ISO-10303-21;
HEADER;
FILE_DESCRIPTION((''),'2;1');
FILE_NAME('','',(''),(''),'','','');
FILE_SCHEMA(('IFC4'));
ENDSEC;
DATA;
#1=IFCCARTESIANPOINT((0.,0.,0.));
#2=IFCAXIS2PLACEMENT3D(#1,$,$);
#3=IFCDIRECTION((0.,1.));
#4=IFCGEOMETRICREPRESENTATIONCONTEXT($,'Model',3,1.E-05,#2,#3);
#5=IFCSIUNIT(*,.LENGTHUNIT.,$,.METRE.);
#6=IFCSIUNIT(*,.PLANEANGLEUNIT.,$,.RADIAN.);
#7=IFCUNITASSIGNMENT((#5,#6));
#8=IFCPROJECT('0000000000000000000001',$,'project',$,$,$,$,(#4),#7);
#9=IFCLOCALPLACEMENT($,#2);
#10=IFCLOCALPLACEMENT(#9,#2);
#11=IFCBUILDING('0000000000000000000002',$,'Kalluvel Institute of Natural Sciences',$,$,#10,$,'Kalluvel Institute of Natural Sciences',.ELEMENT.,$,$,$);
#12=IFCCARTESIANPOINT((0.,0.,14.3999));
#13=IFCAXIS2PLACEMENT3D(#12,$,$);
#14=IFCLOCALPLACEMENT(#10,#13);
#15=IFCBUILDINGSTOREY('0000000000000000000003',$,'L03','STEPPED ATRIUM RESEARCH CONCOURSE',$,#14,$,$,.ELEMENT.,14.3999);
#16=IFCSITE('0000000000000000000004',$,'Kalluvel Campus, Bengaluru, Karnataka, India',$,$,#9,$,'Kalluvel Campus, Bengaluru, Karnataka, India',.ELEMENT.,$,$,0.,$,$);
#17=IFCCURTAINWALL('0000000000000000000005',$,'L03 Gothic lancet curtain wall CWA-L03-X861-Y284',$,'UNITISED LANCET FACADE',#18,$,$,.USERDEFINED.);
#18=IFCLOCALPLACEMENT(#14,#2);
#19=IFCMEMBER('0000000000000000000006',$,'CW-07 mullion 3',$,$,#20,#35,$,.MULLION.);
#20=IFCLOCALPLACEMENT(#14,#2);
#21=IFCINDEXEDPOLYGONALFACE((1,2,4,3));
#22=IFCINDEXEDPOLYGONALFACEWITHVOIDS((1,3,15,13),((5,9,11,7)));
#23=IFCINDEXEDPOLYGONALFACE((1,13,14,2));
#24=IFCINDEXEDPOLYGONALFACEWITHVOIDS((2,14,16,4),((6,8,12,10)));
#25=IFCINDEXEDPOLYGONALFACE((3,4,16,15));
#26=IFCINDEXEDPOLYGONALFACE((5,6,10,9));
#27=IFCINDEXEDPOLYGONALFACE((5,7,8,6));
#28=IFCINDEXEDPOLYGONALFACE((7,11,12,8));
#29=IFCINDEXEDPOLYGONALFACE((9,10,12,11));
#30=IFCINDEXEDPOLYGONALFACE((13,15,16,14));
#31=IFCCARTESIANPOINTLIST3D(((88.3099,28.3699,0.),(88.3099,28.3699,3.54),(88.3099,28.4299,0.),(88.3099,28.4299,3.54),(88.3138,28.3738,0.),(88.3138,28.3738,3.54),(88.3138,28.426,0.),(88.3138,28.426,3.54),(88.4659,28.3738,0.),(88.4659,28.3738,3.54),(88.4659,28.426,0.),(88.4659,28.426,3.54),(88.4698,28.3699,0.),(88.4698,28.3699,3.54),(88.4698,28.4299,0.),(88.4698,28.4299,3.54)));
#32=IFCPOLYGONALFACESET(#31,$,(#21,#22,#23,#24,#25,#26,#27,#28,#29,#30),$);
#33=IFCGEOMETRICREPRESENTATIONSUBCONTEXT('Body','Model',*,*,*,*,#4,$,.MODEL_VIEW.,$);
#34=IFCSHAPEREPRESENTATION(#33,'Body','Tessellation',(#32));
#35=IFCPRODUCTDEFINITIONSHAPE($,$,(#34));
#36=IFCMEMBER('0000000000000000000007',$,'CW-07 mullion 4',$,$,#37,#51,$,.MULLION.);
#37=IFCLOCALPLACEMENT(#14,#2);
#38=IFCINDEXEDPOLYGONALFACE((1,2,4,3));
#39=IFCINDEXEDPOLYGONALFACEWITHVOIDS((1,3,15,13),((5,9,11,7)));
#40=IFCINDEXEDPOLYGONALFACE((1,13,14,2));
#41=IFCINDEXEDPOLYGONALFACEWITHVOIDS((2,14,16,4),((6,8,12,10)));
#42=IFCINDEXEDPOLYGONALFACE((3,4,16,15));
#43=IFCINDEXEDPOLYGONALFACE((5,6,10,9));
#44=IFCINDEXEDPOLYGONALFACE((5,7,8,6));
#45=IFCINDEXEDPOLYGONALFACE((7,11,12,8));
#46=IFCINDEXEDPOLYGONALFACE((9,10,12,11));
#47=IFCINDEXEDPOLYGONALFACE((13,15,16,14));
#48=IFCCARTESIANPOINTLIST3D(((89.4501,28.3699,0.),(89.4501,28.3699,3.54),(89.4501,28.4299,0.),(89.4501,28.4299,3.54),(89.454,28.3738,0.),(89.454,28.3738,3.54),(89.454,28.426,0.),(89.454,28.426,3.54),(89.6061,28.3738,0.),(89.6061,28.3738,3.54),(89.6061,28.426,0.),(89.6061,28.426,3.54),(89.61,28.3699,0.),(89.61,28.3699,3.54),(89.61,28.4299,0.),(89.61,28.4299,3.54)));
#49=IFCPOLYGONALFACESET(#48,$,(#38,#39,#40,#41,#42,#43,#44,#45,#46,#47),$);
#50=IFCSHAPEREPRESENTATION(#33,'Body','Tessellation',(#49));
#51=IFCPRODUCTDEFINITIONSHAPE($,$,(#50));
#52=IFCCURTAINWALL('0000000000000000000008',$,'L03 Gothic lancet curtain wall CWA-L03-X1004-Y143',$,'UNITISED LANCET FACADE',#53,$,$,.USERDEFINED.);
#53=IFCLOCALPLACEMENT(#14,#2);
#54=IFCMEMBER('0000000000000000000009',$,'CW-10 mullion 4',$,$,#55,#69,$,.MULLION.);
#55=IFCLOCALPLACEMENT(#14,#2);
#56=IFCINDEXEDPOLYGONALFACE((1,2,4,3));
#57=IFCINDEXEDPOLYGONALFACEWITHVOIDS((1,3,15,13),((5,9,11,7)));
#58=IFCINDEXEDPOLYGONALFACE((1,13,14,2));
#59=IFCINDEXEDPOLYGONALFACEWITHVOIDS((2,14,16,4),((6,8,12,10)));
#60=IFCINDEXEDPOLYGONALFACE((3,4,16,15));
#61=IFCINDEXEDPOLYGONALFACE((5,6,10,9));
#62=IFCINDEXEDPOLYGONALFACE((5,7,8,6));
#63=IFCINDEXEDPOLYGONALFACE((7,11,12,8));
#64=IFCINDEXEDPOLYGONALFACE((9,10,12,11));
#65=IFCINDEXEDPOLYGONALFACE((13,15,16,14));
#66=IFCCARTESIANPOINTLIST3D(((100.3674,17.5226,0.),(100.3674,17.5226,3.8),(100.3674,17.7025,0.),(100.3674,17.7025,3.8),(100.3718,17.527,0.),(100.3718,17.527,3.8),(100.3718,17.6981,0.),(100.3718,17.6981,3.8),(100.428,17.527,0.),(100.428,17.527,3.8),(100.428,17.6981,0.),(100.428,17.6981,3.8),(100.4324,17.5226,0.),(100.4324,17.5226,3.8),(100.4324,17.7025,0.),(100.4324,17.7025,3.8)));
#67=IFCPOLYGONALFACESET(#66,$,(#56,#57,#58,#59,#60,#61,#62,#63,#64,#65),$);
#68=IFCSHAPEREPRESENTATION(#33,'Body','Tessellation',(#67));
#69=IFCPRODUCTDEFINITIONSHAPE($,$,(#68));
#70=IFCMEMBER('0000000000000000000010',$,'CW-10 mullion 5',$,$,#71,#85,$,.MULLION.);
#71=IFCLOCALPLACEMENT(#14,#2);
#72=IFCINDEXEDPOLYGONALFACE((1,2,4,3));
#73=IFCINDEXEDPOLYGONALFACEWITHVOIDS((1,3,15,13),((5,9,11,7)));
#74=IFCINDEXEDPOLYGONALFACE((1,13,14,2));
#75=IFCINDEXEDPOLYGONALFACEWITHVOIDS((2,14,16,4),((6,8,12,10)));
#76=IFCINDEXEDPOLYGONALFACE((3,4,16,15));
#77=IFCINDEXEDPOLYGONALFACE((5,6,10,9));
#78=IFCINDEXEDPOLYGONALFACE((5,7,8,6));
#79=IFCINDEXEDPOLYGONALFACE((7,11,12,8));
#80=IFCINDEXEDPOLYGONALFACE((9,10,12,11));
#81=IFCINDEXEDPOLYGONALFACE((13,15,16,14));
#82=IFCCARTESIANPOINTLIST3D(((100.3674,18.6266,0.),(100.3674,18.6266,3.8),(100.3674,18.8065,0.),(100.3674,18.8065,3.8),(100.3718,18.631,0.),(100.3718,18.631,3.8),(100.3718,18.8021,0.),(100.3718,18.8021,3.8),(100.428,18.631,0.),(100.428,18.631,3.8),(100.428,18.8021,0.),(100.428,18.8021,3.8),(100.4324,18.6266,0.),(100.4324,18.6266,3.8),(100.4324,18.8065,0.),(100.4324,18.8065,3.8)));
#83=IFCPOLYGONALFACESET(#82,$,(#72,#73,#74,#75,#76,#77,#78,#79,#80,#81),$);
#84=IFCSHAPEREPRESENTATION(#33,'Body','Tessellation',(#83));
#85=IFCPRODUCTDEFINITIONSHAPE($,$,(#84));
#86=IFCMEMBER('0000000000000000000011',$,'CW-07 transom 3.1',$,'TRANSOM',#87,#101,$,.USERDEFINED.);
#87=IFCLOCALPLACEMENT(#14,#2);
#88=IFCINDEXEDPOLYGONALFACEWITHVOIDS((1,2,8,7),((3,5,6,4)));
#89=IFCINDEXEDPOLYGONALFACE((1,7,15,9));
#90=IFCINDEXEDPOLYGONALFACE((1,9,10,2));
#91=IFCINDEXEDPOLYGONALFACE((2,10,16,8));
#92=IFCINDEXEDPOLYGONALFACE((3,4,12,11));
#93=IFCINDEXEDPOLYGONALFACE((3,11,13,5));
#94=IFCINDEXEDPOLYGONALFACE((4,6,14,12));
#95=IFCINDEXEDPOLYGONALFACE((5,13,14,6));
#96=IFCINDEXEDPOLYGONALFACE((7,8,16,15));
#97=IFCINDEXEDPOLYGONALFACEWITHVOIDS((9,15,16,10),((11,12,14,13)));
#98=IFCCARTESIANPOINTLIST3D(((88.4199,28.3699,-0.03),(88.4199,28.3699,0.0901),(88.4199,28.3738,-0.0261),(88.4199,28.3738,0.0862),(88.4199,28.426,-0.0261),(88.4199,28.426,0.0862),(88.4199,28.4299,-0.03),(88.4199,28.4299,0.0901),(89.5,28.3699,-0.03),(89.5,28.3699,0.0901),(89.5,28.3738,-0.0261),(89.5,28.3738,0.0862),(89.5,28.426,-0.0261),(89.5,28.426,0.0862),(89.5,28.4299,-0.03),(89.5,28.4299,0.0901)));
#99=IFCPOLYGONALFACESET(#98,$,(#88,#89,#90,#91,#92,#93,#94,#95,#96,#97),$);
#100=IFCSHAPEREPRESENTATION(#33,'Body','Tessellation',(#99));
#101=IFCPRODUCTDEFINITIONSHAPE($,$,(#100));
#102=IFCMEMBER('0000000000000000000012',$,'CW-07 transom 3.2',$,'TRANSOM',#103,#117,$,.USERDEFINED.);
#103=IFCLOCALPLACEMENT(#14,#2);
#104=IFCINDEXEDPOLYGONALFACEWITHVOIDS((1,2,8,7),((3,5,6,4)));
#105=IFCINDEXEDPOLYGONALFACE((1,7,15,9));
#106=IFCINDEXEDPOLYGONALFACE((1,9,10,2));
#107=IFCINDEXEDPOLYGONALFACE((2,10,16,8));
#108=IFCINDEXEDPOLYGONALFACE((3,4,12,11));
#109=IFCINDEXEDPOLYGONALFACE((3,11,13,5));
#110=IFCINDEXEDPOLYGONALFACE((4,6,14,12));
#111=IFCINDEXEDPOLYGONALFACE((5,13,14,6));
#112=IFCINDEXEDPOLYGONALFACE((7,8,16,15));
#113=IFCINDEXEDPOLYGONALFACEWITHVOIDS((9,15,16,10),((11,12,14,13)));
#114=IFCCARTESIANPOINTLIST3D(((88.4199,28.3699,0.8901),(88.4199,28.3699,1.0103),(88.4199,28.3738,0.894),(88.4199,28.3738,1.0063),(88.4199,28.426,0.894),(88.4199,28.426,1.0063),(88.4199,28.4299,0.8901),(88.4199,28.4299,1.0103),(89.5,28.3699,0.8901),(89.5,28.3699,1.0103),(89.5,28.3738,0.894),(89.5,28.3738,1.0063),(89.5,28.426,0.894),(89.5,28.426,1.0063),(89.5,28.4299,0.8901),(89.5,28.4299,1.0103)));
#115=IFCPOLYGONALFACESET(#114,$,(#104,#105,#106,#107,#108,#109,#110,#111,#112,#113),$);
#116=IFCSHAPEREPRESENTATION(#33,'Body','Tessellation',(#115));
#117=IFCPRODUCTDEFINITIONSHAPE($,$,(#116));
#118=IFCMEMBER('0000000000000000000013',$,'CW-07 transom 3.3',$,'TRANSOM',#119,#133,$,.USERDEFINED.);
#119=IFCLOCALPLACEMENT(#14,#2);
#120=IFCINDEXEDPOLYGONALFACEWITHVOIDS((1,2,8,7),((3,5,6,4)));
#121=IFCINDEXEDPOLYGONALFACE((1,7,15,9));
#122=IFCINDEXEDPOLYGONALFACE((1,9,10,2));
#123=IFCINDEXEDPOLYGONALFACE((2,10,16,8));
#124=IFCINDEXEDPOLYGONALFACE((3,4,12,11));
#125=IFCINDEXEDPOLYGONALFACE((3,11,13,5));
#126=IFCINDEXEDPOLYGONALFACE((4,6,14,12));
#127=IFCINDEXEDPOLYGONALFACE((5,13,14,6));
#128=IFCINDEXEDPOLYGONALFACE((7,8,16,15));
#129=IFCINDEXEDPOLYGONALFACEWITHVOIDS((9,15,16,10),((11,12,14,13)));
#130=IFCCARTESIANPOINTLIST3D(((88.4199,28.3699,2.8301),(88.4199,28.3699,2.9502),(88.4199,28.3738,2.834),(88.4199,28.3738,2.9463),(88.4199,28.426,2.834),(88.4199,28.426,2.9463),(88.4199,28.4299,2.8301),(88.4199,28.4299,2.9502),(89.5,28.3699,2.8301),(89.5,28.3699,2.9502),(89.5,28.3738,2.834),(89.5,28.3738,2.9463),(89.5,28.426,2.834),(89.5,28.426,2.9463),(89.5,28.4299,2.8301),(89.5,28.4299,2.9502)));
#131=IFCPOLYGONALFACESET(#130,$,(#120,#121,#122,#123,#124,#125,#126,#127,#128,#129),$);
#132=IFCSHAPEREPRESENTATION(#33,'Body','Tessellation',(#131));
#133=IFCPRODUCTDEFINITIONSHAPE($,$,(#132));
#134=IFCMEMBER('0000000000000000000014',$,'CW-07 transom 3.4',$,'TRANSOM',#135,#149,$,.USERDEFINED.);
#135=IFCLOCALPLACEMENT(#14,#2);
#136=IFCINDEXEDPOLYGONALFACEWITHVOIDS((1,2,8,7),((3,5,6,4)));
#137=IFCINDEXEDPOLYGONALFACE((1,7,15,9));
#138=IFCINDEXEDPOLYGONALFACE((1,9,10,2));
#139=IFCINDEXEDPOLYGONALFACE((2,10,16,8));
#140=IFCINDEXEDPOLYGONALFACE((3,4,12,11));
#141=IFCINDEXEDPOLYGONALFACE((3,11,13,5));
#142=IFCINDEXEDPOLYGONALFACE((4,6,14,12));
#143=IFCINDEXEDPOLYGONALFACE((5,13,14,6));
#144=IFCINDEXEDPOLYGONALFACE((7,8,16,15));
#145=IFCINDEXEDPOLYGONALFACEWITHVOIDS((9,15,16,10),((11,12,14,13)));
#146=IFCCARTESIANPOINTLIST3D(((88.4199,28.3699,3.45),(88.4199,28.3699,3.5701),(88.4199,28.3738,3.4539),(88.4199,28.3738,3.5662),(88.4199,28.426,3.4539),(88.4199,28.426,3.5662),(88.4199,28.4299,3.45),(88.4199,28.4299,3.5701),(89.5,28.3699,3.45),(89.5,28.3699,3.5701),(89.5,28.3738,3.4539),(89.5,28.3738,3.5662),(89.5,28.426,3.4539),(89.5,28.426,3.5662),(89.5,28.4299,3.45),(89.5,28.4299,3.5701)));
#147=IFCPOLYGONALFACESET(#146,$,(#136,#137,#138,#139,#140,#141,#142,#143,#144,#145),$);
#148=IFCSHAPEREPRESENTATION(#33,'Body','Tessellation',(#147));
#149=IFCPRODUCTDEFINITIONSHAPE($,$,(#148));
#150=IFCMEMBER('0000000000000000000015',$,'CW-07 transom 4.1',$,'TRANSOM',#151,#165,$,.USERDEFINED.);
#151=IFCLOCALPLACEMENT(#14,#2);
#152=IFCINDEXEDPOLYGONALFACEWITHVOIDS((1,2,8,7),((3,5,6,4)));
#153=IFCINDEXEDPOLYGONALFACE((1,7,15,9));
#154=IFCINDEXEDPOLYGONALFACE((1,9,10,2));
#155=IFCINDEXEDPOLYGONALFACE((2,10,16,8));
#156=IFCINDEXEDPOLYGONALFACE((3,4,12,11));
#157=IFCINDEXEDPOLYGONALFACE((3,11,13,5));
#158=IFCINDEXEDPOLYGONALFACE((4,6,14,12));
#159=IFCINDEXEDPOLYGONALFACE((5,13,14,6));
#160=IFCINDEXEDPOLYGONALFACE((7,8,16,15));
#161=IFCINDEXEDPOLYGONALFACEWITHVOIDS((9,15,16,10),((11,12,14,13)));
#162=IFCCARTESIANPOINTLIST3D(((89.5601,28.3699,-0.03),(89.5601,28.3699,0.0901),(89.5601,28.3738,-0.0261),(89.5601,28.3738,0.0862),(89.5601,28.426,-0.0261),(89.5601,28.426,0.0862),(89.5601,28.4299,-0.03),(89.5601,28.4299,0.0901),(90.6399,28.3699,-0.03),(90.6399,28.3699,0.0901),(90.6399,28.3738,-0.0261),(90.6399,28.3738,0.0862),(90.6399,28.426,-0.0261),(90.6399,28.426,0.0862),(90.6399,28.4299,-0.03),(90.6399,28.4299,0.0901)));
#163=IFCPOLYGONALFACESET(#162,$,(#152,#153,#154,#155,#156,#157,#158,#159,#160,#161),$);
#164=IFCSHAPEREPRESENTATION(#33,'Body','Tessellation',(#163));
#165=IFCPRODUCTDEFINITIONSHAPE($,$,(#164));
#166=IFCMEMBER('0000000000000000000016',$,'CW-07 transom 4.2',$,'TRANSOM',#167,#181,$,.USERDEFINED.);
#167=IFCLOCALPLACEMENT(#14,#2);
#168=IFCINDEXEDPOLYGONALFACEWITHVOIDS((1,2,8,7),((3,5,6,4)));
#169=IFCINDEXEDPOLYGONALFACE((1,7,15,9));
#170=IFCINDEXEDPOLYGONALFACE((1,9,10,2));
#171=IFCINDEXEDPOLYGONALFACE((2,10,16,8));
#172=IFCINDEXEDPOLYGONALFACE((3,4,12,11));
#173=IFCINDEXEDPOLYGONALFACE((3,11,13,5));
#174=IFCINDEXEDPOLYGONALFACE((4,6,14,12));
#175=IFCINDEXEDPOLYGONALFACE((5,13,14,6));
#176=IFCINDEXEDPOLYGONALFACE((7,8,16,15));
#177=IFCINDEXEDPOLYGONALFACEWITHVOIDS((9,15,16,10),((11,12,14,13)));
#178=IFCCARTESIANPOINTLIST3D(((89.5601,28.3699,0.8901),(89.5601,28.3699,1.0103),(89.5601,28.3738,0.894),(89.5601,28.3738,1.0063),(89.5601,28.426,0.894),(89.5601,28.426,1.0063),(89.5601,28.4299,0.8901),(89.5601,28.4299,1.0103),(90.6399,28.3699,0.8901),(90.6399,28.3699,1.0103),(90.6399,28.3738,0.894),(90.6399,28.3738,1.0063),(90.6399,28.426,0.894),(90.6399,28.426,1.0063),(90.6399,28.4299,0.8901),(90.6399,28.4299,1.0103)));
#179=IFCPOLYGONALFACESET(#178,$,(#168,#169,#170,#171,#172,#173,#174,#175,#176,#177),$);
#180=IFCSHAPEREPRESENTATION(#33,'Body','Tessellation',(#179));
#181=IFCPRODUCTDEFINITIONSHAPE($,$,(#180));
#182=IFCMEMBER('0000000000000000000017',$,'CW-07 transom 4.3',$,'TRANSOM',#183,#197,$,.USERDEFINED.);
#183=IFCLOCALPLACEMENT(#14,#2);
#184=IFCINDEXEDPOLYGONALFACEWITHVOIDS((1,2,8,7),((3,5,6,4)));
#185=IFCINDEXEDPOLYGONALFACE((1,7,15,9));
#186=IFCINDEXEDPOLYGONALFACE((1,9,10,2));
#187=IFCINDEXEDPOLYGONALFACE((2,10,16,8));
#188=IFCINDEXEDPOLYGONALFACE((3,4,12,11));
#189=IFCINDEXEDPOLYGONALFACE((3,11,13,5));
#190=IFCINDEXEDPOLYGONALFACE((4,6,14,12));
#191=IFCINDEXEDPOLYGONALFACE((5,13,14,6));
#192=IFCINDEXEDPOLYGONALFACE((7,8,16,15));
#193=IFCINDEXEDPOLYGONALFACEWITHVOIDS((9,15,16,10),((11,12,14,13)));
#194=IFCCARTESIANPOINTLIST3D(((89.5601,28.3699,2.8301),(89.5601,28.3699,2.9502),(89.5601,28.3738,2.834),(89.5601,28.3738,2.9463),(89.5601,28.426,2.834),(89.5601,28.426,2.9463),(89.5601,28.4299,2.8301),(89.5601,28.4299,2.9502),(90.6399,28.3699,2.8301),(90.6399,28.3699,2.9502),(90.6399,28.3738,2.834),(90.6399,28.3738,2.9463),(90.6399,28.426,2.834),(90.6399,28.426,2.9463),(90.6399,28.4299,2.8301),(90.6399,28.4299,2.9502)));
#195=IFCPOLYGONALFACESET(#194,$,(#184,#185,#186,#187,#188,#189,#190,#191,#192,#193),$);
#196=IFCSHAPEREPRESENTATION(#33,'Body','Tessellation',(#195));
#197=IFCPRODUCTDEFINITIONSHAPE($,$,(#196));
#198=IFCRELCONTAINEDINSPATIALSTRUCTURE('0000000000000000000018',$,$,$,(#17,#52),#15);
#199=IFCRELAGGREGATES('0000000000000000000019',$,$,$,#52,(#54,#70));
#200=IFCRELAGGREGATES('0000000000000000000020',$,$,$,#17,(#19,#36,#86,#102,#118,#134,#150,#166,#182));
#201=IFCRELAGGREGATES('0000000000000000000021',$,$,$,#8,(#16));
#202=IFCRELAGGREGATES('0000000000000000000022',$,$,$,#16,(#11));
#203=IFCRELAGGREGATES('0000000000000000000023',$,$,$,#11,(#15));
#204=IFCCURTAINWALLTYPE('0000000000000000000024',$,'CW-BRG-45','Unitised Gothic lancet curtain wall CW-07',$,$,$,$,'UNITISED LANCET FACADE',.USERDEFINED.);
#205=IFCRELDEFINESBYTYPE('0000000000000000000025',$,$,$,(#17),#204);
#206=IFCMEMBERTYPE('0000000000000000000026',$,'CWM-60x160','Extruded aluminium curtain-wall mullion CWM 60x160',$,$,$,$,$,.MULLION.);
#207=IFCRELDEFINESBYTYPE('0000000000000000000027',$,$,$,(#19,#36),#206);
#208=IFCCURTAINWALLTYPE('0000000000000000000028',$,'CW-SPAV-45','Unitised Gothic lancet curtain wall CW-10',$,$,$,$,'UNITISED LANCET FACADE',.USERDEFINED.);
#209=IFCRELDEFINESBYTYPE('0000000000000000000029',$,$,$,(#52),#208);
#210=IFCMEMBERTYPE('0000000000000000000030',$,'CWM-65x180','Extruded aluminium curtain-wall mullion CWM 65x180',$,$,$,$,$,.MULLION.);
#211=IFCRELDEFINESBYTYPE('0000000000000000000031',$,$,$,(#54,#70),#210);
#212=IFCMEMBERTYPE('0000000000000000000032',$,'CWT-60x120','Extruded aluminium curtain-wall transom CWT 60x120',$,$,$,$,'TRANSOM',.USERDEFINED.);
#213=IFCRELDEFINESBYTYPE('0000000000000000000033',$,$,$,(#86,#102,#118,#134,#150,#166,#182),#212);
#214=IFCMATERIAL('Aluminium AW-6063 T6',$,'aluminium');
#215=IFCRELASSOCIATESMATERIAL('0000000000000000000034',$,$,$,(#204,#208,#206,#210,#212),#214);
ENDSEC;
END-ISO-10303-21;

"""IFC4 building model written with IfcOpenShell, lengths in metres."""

from ifc_helpers import new_model, si_unit, direction, frame, origin, origin_2d, place, context, subcontext, project, spatial, hollow_rectangle, extrude, material, material_profile, profile_set, type_object, element, aggregate, save


model = new_model("IFC4")

# Units and contexts
model_context = context("Model", 3, precision=1e-05, world=origin(), true_north=direction((0.0, 1.0)))
body_context = subcontext(model_context, "Body", "Model", "MODEL_VIEW")
ifc_project = project(units=[si_unit("LENGTHUNIT", "METRE"), si_unit("PLANEANGLEUNIT", "RADIAN")], contexts=[model_context])

# Site, building, storey
site_placement = place(None, origin())
site = spatial("IfcSite", under=ifc_project, at=site_placement, Name="Kalluvel Campus, Bengaluru, Karnataka, India", LongName="Kalluvel Campus, Bengaluru, Karnataka, India", CompositionType="ELEMENT", RefElevation=0.0)
building_placement = place(site_placement, origin())
building = spatial("IfcBuilding", under=site, at=building_placement, Name="Kalluvel Institute of Natural Sciences", LongName="Kalluvel Institute of Natural Sciences", CompositionType="ELEMENT")
storey_placement = place(building_placement, frame((0.0, 0.0, 14.3999)))
storey = spatial("IfcBuildingStorey", under=building, at=storey_placement, Name="L03", Description="STEPPED ATRIUM RESEARCH CONCOURSE", CompositionType="ELEMENT", Elevation=14.3999)

# Curtain walls, members
ifc_material_1 = material(Name="Aluminium AW-6063 T6", Category="aluminium")
curtain_wall_type_1 = type_object("IfcCurtainWallType", Name="CW-BRG-45", Description="Unitised Gothic lancet curtain wall CW-07", ElementType="UNITISED LANCET FACADE", PredefinedType="USERDEFINED", material=ifc_material_1)
curtain_wall_1_placement = place(storey_placement, origin())
curtain_wall_1 = element("IfcCurtainWall", 1, at=curtain_wall_1_placement, inside=storey, type_object=curtain_wall_type_1, Name="L03 Gothic lancet curtain wall CWA-L03-X861-Y284", ObjectType="UNITISED LANCET FACADE", PredefinedType="USERDEFINED")
ifc_material_profile_1 = material_profile(ifc_material_1, hollow_rectangle(XDim=0.0601, YDim=0.1599, WallThickness=0.0039, at=origin_2d()), Name="CWM 60x160")
ifc_profile_set_1 = profile_set([ifc_material_profile_1], Name="Aluminium AW-6063 T6")
member_type_1 = type_object("IfcMemberType", Name="CWM-60x160", Description="Extruded aluminium curtain-wall mullion CWM 60x160", PredefinedType="MULLION", material=ifc_profile_set_1)
member_1_placement = place(storey_placement, frame((88.3899, 28.3999, 0.0), z_axis=(0.0, 0.0, 1.0), x_axis=(0.0, 1.0, 0.0)))
member_1 = element("IfcMember", 2, at=member_1_placement, type_object=member_type_1, Name="CW-07 mullion 3", PredefinedType="MULLION", context=body_context, shape_type="SweptSolid", body=[
    extrude(hollow_rectangle(XDim=0.0601, YDim=0.1599, WallThickness=0.0039, at=origin_2d()), origin(), (0.0, 0.0, 1.0), 3.54),
])
member_2_placement = place(storey_placement, frame((89.53, 28.3999, 0.0), z_axis=(0.0, 0.0, 1.0), x_axis=(0.0, 1.0, 0.0)))
member_2 = element("IfcMember", 3, at=member_2_placement, type_object=member_type_1, Name="CW-07 mullion 4", PredefinedType="MULLION", context=body_context, shape_type="SweptSolid", body=[
    extrude(hollow_rectangle(XDim=0.0601, YDim=0.1599, WallThickness=0.0039, at=origin_2d()), origin(), (0.0, 0.0, 1.0), 3.54),
])
curtain_wall_type_2 = type_object("IfcCurtainWallType", Name="CW-SPAV-45", Description="Unitised Gothic lancet curtain wall CW-10", ElementType="UNITISED LANCET FACADE", PredefinedType="USERDEFINED", material=ifc_material_1)
curtain_wall_2_placement = place(storey_placement, origin())
curtain_wall_2 = element("IfcCurtainWall", 4, at=curtain_wall_2_placement, inside=storey, type_object=curtain_wall_type_2, Name="L03 Gothic lancet curtain wall CWA-L03-X1004-Y143", ObjectType="UNITISED LANCET FACADE", PredefinedType="USERDEFINED")
ifc_material_profile_2 = material_profile(ifc_material_1, hollow_rectangle(XDim=0.0649, YDim=0.1799, WallThickness=0.0044, at=origin_2d()), Name="CWM 65x180")
ifc_profile_set_2 = profile_set([ifc_material_profile_2], Name="Aluminium AW-6063 T6")
member_type_2 = type_object("IfcMemberType", Name="CWM-65x180", Description="Extruded aluminium curtain-wall mullion CWM 65x180", PredefinedType="MULLION", material=ifc_profile_set_2)
member_3_placement = place(storey_placement, frame((100.3999, 17.6125, 0.0), z_axis=(0.0, 0.0, 1.0), x_axis=(-1.0, 0.0, 0.0)))
member_3 = element("IfcMember", 5, at=member_3_placement, type_object=member_type_2, Name="CW-10 mullion 4", PredefinedType="MULLION", context=body_context, shape_type="SweptSolid", body=[
    extrude(hollow_rectangle(XDim=0.0649, YDim=0.1799, WallThickness=0.0044, at=origin_2d()), origin(), (0.0, 0.0, 1.0), 3.8),
])
member_4_placement = place(storey_placement, frame((100.3999, 18.7166, 0.0), z_axis=(0.0, 0.0, 1.0), x_axis=(-1.0, 0.0, 0.0)))
member_4 = element("IfcMember", 6, at=member_4_placement, type_object=member_type_2, Name="CW-10 mullion 5", PredefinedType="MULLION", context=body_context, shape_type="SweptSolid", body=[
    extrude(hollow_rectangle(XDim=0.0649, YDim=0.1799, WallThickness=0.0044, at=origin_2d()), origin(), (0.0, 0.0, 1.0), 3.8),
])

# Members
ifc_material_profile_3 = material_profile(ifc_material_1, hollow_rectangle(XDim=0.0601, YDim=0.1201, WallThickness=0.0039, at=origin_2d()), Name="CWT 60x120")
ifc_profile_set_3 = profile_set([ifc_material_profile_3], Name="Aluminium AW-6063 T6")
member_type_3 = type_object("IfcMemberType", Name="CWT-60x120", Description="Extruded aluminium curtain-wall transom CWT 60x120", ElementType="TRANSOM", PredefinedType="USERDEFINED", material=ifc_profile_set_3)
member_5_placement = place(storey_placement, frame((88.4199, 28.3999, 0.03), z_axis=(1.0, 0.0, 0.0), x_axis=(0.0, 1.0, 0.0)))
member_5 = element("IfcMember", 7, at=member_5_placement, type_object=member_type_3, Name="CW-07 transom 3.1", ObjectType="TRANSOM", PredefinedType="USERDEFINED", context=body_context, shape_type="SweptSolid", body=[
    extrude(hollow_rectangle(XDim=0.0601, YDim=0.1201, WallThickness=0.0039, at=origin_2d()), origin(), (0.0, 0.0, 1.0), 1.0801),
])
member_6_placement = place(storey_placement, frame((88.4199, 28.3999, 0.9502), z_axis=(1.0, 0.0, 0.0), x_axis=(0.0, 1.0, 0.0)))
member_6 = element("IfcMember", 8, at=member_6_placement, type_object=member_type_3, Name="CW-07 transom 3.2", ObjectType="TRANSOM", PredefinedType="USERDEFINED", context=body_context, shape_type="SweptSolid", body=[
    extrude(hollow_rectangle(XDim=0.0601, YDim=0.1201, WallThickness=0.0039, at=origin_2d()), origin(), (0.0, 0.0, 1.0), 1.0801),
])
member_7_placement = place(storey_placement, frame((88.4199, 28.3999, 2.8901), z_axis=(1.0, 0.0, 0.0), x_axis=(0.0, 1.0, 0.0)))
member_7 = element("IfcMember", 9, at=member_7_placement, type_object=member_type_3, Name="CW-07 transom 3.3", ObjectType="TRANSOM", PredefinedType="USERDEFINED", context=body_context, shape_type="SweptSolid", body=[
    extrude(hollow_rectangle(XDim=0.0601, YDim=0.1201, WallThickness=0.0039, at=origin_2d()), origin(), (0.0, 0.0, 1.0), 1.0801),
])
member_8_placement = place(storey_placement, frame((88.4199, 28.3999, 3.51), z_axis=(1.0, 0.0, 0.0), x_axis=(0.0, 1.0, 0.0)))
member_8 = element("IfcMember", 10, at=member_8_placement, type_object=member_type_3, Name="CW-07 transom 3.4", ObjectType="TRANSOM", PredefinedType="USERDEFINED", context=body_context, shape_type="SweptSolid", body=[
    extrude(hollow_rectangle(XDim=0.0601, YDim=0.1201, WallThickness=0.0039, at=origin_2d()), origin(), (0.0, 0.0, 1.0), 1.0801),
])
member_9_placement = place(storey_placement, frame((89.5601, 28.3999, 0.03), z_axis=(1.0, 0.0, 0.0), x_axis=(0.0, 1.0, 0.0)))
member_9 = element("IfcMember", 11, at=member_9_placement, type_object=member_type_3, Name="CW-07 transom 4.1", ObjectType="TRANSOM", PredefinedType="USERDEFINED", context=body_context, shape_type="SweptSolid", body=[
    extrude(hollow_rectangle(XDim=0.0601, YDim=0.1201, WallThickness=0.0039, at=origin_2d()), origin(), (0.0, 0.0, 1.0), 1.0798),
])
member_10_placement = place(storey_placement, frame((89.5601, 28.3999, 0.9502), z_axis=(1.0, 0.0, 0.0), x_axis=(0.0, 1.0, 0.0)))
member_10 = element("IfcMember", 12, at=member_10_placement, type_object=member_type_3, Name="CW-07 transom 4.2", ObjectType="TRANSOM", PredefinedType="USERDEFINED", context=body_context, shape_type="SweptSolid", body=[
    extrude(hollow_rectangle(XDim=0.0601, YDim=0.1201, WallThickness=0.0039, at=origin_2d()), origin(), (0.0, 0.0, 1.0), 1.0798),
])
member_11_placement = place(storey_placement, frame((89.5601, 28.3999, 2.8901), z_axis=(1.0, 0.0, 0.0), x_axis=(0.0, 1.0, 0.0)))
member_11 = element("IfcMember", 13, at=member_11_placement, type_object=member_type_3, Name="CW-07 transom 4.3", ObjectType="TRANSOM", PredefinedType="USERDEFINED", context=body_context, shape_type="SweptSolid", body=[
    extrude(hollow_rectangle(XDim=0.0601, YDim=0.1201, WallThickness=0.0039, at=origin_2d()), origin(), (0.0, 0.0, 1.0), 1.0798),
])

aggregate(curtain_wall_2, [member_3, member_4])
aggregate(curtain_wall_1, [member_1, member_2, member_5, member_6, member_7, member_8, member_9, member_10, member_11])

save(model, "model.ifc")
